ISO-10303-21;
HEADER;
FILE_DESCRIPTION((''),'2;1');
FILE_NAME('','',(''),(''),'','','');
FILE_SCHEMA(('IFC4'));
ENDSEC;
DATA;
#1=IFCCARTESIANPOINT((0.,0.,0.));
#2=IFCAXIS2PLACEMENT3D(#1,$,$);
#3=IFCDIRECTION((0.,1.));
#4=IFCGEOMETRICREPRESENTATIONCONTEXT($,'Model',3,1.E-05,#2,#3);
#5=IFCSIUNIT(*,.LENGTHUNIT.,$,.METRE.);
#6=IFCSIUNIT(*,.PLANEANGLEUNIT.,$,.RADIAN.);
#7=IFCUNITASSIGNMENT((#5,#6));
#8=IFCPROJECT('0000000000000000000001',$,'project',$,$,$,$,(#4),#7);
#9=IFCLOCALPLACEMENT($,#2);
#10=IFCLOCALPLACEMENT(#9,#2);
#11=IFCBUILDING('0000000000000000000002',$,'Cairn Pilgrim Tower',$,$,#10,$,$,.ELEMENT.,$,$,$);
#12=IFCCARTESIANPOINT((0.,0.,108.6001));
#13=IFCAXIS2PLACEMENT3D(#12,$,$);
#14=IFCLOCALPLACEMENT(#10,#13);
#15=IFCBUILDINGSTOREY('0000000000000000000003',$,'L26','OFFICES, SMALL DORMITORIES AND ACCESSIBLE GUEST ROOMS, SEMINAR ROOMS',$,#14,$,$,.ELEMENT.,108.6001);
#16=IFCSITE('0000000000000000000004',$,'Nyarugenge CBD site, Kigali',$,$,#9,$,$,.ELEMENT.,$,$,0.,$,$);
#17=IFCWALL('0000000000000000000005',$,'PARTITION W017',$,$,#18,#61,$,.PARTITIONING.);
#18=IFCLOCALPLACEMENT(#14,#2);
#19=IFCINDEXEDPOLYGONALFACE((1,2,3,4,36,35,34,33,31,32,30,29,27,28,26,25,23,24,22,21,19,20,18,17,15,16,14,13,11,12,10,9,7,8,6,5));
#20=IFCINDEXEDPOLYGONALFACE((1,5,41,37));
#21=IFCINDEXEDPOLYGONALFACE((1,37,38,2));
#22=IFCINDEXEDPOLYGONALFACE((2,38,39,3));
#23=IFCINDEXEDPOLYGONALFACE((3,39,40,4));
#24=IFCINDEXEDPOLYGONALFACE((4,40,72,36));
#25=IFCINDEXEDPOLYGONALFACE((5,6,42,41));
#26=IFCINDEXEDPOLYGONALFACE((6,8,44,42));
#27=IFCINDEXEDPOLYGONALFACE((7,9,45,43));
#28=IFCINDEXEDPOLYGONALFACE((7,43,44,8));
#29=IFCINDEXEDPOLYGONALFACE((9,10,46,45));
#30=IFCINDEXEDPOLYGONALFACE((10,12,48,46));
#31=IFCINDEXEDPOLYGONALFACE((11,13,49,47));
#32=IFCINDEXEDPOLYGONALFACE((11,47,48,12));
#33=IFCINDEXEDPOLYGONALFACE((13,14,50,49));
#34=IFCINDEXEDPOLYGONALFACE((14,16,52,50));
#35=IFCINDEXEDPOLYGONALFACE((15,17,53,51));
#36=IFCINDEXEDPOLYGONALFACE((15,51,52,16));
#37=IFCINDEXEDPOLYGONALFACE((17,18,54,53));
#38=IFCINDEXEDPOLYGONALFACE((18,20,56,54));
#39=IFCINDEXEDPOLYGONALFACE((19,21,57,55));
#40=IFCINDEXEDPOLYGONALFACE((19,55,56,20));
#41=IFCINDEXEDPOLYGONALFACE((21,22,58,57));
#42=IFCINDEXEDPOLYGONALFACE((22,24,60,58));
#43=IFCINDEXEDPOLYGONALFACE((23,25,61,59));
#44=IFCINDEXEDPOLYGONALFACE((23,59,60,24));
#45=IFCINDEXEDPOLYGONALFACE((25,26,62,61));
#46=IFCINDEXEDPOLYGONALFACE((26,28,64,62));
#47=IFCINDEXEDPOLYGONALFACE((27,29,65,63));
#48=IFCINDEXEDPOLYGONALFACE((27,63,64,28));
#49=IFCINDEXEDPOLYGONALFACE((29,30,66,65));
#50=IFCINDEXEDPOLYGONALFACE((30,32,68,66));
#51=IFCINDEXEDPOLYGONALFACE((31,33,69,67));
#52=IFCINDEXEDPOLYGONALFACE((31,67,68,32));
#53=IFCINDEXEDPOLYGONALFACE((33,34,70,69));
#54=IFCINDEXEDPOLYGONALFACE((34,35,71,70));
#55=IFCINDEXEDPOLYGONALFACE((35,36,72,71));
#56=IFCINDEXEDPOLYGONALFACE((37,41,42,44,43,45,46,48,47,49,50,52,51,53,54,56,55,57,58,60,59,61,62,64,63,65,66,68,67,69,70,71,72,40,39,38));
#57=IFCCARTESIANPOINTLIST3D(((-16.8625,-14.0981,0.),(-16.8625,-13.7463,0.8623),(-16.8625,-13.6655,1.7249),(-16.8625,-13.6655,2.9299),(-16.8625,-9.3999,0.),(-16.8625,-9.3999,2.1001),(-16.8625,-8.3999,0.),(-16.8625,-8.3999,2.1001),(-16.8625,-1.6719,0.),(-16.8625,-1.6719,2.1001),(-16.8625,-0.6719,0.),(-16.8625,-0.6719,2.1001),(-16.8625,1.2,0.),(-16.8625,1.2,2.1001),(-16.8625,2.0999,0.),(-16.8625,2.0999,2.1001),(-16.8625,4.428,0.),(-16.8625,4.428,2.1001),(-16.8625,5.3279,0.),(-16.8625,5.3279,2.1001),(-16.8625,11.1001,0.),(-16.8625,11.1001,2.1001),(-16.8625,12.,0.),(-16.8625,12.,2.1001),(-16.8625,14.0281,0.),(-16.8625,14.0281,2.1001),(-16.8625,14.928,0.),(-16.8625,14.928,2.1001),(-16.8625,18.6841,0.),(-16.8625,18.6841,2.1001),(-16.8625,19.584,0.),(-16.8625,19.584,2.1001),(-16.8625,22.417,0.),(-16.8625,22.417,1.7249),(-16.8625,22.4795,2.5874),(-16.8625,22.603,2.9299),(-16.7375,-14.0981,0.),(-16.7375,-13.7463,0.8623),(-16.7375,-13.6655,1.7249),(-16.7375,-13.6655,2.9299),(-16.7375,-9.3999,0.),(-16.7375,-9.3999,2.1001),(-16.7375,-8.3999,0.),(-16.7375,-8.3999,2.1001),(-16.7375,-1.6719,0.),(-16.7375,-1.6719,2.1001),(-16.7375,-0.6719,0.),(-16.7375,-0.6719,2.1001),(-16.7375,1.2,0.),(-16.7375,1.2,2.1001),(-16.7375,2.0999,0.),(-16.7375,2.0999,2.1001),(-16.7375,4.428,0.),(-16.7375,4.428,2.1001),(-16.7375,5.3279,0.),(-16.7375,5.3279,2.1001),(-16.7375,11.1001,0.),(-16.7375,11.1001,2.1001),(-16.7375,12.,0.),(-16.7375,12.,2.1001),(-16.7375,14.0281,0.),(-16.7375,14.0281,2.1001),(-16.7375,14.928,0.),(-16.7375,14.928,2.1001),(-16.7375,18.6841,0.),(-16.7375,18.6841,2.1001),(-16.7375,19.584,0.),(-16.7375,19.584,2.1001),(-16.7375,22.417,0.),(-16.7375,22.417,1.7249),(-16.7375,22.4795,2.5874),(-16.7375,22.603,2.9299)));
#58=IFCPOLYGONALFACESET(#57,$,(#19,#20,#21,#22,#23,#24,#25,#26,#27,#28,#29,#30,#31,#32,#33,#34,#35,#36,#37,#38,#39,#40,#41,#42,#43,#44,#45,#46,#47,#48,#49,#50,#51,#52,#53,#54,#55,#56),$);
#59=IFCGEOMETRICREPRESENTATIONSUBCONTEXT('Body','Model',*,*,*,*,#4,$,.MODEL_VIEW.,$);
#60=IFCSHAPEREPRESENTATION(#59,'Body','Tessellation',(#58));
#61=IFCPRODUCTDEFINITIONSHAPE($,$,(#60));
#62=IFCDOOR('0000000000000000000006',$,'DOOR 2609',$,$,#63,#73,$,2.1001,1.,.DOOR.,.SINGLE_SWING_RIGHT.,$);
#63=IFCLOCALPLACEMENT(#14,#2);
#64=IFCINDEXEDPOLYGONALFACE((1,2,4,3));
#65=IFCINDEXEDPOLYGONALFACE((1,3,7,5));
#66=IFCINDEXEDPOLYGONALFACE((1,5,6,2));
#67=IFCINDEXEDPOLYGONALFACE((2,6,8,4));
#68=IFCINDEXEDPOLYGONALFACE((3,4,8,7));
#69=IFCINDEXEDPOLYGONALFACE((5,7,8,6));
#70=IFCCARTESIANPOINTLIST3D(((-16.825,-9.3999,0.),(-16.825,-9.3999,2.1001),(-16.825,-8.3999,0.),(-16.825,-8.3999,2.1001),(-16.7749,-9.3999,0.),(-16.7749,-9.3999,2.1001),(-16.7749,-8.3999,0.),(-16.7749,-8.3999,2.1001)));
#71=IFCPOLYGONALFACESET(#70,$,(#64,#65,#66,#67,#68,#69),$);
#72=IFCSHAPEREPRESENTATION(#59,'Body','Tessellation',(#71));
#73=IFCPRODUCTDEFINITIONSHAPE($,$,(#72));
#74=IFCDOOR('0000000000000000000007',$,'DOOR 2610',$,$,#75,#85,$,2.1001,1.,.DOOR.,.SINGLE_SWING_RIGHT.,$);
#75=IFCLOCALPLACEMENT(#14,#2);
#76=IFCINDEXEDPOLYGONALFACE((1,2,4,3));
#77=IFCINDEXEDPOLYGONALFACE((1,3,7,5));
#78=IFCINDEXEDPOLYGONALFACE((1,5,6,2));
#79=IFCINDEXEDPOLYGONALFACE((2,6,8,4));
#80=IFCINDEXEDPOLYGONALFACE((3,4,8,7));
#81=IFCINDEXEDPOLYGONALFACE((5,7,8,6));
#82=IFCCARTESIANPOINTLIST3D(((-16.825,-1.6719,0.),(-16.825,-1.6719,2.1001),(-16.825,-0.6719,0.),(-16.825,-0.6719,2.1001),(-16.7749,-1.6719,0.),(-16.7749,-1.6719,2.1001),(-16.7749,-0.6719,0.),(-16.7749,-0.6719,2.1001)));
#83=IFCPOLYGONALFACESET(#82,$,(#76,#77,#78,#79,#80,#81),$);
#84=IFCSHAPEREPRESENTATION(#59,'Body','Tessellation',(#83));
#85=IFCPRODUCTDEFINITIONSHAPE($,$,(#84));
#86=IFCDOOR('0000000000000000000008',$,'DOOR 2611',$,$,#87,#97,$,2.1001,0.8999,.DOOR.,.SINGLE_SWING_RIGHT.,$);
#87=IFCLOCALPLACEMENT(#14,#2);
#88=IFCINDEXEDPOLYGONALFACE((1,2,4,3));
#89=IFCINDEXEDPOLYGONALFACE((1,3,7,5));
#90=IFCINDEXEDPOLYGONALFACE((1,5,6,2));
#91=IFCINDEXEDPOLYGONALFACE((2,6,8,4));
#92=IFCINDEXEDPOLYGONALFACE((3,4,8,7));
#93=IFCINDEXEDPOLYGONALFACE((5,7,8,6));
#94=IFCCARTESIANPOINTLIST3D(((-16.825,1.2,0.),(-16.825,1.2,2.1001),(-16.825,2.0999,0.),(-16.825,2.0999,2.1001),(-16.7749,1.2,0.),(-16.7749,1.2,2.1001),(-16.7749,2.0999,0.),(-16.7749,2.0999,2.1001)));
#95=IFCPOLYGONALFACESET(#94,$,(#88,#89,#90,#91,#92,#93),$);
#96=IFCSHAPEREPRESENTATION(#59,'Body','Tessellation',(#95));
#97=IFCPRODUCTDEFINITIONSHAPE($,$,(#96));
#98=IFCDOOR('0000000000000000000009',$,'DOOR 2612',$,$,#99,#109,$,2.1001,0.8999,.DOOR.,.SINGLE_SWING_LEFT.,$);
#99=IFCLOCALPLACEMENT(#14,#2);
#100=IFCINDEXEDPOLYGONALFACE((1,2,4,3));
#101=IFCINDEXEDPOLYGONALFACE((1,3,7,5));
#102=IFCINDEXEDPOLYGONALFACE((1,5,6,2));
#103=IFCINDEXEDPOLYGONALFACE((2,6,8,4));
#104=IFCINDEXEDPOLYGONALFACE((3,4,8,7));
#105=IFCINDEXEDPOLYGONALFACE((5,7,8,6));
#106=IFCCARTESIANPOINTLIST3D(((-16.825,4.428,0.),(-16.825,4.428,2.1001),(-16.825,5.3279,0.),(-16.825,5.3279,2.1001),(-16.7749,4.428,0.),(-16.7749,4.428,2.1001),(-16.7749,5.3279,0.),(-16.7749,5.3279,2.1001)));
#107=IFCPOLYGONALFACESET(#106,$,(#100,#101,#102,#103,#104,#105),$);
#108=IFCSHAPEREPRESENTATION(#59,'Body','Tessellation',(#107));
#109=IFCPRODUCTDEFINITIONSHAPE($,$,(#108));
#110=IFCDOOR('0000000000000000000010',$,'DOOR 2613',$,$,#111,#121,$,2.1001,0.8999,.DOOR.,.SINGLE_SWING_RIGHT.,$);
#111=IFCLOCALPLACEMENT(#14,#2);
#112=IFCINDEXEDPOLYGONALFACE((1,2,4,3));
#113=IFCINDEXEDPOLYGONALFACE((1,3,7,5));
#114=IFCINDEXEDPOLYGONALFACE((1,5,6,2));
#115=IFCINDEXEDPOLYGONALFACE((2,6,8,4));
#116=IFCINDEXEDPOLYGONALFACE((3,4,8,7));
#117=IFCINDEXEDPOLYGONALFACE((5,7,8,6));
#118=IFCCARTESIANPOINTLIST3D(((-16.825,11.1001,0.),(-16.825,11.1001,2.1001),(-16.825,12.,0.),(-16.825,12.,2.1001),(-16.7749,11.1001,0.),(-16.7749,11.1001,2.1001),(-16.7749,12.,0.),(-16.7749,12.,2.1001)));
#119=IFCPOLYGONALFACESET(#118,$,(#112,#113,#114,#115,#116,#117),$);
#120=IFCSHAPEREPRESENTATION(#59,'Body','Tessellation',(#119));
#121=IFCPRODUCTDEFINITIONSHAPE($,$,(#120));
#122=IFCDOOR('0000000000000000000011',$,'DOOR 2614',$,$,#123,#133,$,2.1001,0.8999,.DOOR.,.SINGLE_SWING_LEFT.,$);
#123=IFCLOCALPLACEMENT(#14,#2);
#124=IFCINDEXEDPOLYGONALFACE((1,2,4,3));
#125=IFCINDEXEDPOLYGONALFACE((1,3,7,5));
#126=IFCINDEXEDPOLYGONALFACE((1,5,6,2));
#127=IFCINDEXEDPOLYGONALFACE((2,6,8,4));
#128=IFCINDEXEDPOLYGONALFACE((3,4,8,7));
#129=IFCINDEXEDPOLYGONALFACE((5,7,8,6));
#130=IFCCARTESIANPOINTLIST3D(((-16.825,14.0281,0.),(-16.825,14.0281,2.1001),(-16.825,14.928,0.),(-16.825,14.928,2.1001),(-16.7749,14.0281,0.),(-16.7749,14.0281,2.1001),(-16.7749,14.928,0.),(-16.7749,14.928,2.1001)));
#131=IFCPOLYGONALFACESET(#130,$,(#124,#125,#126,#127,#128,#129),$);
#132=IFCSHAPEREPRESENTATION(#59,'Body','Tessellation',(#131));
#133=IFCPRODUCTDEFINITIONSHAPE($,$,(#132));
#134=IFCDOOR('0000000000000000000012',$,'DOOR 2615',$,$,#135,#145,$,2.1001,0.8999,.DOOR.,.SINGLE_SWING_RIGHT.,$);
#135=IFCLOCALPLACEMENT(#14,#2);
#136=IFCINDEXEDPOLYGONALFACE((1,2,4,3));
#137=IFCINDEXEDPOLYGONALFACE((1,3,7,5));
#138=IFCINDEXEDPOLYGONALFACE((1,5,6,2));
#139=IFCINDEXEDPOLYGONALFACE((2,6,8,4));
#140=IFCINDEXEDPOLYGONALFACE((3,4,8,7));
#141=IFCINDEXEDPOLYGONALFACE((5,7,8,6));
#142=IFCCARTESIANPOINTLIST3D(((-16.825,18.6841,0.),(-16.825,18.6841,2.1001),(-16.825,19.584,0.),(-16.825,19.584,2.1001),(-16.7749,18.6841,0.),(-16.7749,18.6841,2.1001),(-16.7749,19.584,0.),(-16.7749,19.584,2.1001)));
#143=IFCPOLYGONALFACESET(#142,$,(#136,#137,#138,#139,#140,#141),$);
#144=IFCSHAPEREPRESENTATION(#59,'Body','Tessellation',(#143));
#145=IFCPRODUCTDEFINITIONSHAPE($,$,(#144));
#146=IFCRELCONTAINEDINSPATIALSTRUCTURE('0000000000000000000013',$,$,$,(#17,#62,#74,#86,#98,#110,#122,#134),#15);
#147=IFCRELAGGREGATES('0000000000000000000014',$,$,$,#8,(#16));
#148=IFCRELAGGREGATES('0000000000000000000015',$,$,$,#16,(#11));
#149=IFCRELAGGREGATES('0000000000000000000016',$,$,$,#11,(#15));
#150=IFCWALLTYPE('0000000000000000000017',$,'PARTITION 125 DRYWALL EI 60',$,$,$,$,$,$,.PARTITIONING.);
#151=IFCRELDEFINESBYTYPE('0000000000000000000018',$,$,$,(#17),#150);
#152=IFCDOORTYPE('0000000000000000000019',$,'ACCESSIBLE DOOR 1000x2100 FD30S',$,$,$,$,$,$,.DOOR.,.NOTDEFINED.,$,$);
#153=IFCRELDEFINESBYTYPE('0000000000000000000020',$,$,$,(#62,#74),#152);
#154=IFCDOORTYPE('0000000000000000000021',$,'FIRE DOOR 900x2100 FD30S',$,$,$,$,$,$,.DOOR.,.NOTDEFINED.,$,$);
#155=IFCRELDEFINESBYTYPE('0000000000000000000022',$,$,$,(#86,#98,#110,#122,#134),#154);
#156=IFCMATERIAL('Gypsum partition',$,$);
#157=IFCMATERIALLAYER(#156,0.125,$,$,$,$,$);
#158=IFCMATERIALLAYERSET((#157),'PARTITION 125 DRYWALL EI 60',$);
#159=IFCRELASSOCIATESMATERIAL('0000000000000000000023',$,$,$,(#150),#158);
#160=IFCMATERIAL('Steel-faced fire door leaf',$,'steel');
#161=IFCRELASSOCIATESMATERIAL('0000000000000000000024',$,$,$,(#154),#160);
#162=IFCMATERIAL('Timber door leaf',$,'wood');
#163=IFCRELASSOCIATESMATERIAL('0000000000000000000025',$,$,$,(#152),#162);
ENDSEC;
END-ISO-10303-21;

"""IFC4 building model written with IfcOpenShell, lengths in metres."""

from ifc_helpers import new_model, si_unit, direction, frame, frame_2d, origin, place, context, subcontext, project, spatial, polyline, rectangle, outline, extrude, material, layer, layer_set, type_object, element, fill, save


model = new_model("IFC4")

# Units and contexts
model_context = context("Model", 3, precision=1e-05, world=origin(), true_north=direction((0.0, 1.0)))
body_context = subcontext(model_context, "Body", "Model", "MODEL_VIEW")
ifc_project = project(units=[si_unit("LENGTHUNIT", "METRE"), si_unit("PLANEANGLEUNIT", "RADIAN")], contexts=[model_context])

# Site, building, storey
site_placement = place(None, origin())
site = spatial("IfcSite", under=ifc_project, at=site_placement, Name="Nyarugenge CBD site, Kigali", CompositionType="ELEMENT", RefElevation=0.0)
building_placement = place(site_placement, origin())
building = spatial("IfcBuilding", under=site, at=building_placement, Name="Cairn Pilgrim Tower", CompositionType="ELEMENT")
storey_placement = place(building_placement, frame((0.0, 0.0, 108.6001)))
storey = spatial("IfcBuildingStorey", under=building, at=storey_placement, Name="L26", Description="OFFICES, SMALL DORMITORIES AND ACCESSIBLE GUEST ROOMS, SEMINAR ROOMS", CompositionType="ELEMENT", Elevation=108.6001)

# Wall, openings, doors
ifc_material_1 = material(Name="Gypsum partition")
ifc_layer = layer(ifc_material_1, 0.125)
ifc_layer_set = layer_set([ifc_layer], Name="PARTITION 125 DRYWALL EI 60")
wall_type = type_object("IfcWallType", Name="PARTITION 125 DRYWALL EI 60", PredefinedType="PARTITIONING", material=ifc_layer_set)
ifc_material_2 = material(Name="Steel-faced fire door leaf", Category="steel")
door_type_1 = type_object("IfcDoorType", Name="FIRE DOOR 900x2100 FD30S", OperationType="NOTDEFINED", PredefinedType="DOOR", material=ifc_material_2)
wall_1_placement = place(storey_placement, frame((-16.8, -14.0981, 0.0), z_axis=(0.0, 0.0, 1.0), x_axis=(0.0, 1.0, 0.0)))
wall_1 = element("IfcWall", 1, at=wall_1_placement, inside=storey, type_object=wall_type, Name="PARTITION W017", PredefinedType="PARTITIONING", context=body_context, shape_type="SweptSolid", body=[
    extrude(outline(polyline([(0.0, 0.0), (36.5151, 0.0), (36.5151, 0.8623), (36.5151, 1.7249), (36.5776, 2.5874), (36.7012, 2.9299), (0.4326, 2.9299), (0.4326, 2.5874), (0.4326, 1.7249), (0.3518, 0.8623), (0.0, 0.0)])), frame((0.0, 0.0625, 0.0), z_axis=(0.0, -1.0, 0.0), x_axis=(1.0, 0.0, 0.0)), (0.0, 0.0, 1.0), 0.125),
])
opening_1_placement = place(wall_1_placement, frame((4.6982, 0.0, 0.0)))
opening_1 = element("IfcOpeningElement", 2, at=opening_1_placement, cuts=wall_1, PredefinedType="OPENING", context=body_context, shape_type="SweptSolid", body=[
    extrude(rectangle(XDim=1.0, YDim=2.1001, at=frame_2d((0.5, 1.05))), frame((0.0, 0.0725, 0.0), z_axis=(0.0, -1.0, 0.0), x_axis=(1.0, 0.0, 0.0)), (0.0, 0.0, 1.0), 0.145),
])
opening_2_placement = place(wall_1_placement, frame((12.4263, 0.0, 0.0)))
opening_2 = element("IfcOpeningElement", 3, at=opening_2_placement, cuts=wall_1, PredefinedType="OPENING", context=body_context, shape_type="SweptSolid", body=[
    extrude(rectangle(XDim=1.0, YDim=2.1001, at=frame_2d((0.5, 1.05))), frame((0.0, 0.0725, 0.0), z_axis=(0.0, -1.0, 0.0), x_axis=(1.0, 0.0, 0.0)), (0.0, 0.0, 1.0), 0.145),
])
opening_3_placement = place(wall_1_placement, frame((15.2981, 0.0, 0.0)))
opening_3 = element("IfcOpeningElement", 4, at=opening_3_placement, cuts=wall_1, PredefinedType="OPENING", context=body_context, shape_type="SweptSolid", body=[
    extrude(rectangle(XDim=0.8999, YDim=2.1001, at=frame_2d((0.45, 1.05))), frame((0.0, 0.0725, 0.0), z_axis=(0.0, -1.0, 0.0), x_axis=(1.0, 0.0, 0.0)), (0.0, 0.0, 1.0), 0.145),
])
opening_4_placement = place(wall_1_placement, frame((18.5261, 0.0, 0.0)))
opening_4 = element("IfcOpeningElement", 5, at=opening_4_placement, cuts=wall_1, PredefinedType="OPENING", context=body_context, shape_type="SweptSolid", body=[
    extrude(rectangle(XDim=0.8999, YDim=2.1001, at=frame_2d((0.45, 1.05))), frame((0.0, 0.0725, 0.0), z_axis=(0.0, -1.0, 0.0), x_axis=(1.0, 0.0, 0.0)), (0.0, 0.0, 1.0), 0.145),
])
opening_5_placement = place(wall_1_placement, frame((25.1982, 0.0, 0.0)))
opening_5 = element("IfcOpeningElement", 6, at=opening_5_placement, cuts=wall_1, PredefinedType="OPENING", context=body_context, shape_type="SweptSolid", body=[
    extrude(rectangle(XDim=0.8999, YDim=2.1001, at=frame_2d((0.45, 1.05))), frame((0.0, 0.0725, 0.0), z_axis=(0.0, -1.0, 0.0), x_axis=(1.0, 0.0, 0.0)), (0.0, 0.0, 1.0), 0.145),
])
opening_6_placement = place(wall_1_placement, frame((28.1262, 0.0, 0.0)))
opening_6 = element("IfcOpeningElement", 7, at=opening_6_placement, cuts=wall_1, PredefinedType="OPENING", context=body_context, shape_type="SweptSolid", body=[
    extrude(rectangle(XDim=0.8999, YDim=2.1001, at=frame_2d((0.45, 1.05))), frame((0.0, 0.0725, 0.0), z_axis=(0.0, -1.0, 0.0), x_axis=(1.0, 0.0, 0.0)), (0.0, 0.0, 1.0), 0.145),
])
opening_7_placement = place(wall_1_placement, frame((32.7822, 0.0, 0.0)))
opening_7 = element("IfcOpeningElement", 8, at=opening_7_placement, cuts=wall_1, PredefinedType="OPENING", context=body_context, shape_type="SweptSolid", body=[
    extrude(rectangle(XDim=0.8999, YDim=2.1001, at=frame_2d((0.45, 1.05))), frame((0.0, 0.0725, 0.0), z_axis=(0.0, -1.0, 0.0), x_axis=(1.0, 0.0, 0.0)), (0.0, 0.0, 1.0), 0.145),
])
ifc_material_3 = material(Name="Timber door leaf", Category="wood")
door_type_2 = type_object("IfcDoorType", Name="ACCESSIBLE DOOR 1000x2100 FD30S", OperationType="NOTDEFINED", PredefinedType="DOOR", material=ifc_material_3)
door_1_placement = place(opening_1_placement, origin())
door_1 = element("IfcDoor", 9, at=door_1_placement, inside=storey, type_object=door_type_2, Name="DOOR 2609", OperationType="SINGLE_SWING_RIGHT", OverallHeight=2.1001, OverallWidth=1.0, PredefinedType="DOOR", context=body_context, shape_type="SweptSolid", body=[
    extrude(rectangle(XDim=1.0, YDim=2.1001, at=frame_2d((0.5, 1.05))), frame((0.0, 0.0249, 0.0), z_axis=(0.0, -1.0, 0.0), x_axis=(1.0, 0.0, 0.0)), (0.0, 0.0, 1.0), 0.05),
])
fill(opening_1, door_1)
door_2_placement = place(opening_2_placement, origin())
door_2 = element("IfcDoor", 10, at=door_2_placement, inside=storey, type_object=door_type_2, Name="DOOR 2610", OperationType="SINGLE_SWING_RIGHT", OverallHeight=2.1001, OverallWidth=1.0, PredefinedType="DOOR", context=body_context, shape_type="SweptSolid", body=[
    extrude(rectangle(XDim=1.0, YDim=2.1001, at=frame_2d((0.5, 1.05))), frame((0.0, 0.0249, 0.0), z_axis=(0.0, -1.0, 0.0), x_axis=(1.0, 0.0, 0.0)), (0.0, 0.0, 1.0), 0.05),
])
fill(opening_2, door_2)
door_3_placement = place(opening_3_placement, origin())
door_3 = element("IfcDoor", 11, at=door_3_placement, inside=storey, type_object=door_type_1, Name="DOOR 2611", OperationType="SINGLE_SWING_RIGHT", OverallHeight=2.1001, OverallWidth=0.8999, PredefinedType="DOOR", context=body_context, shape_type="SweptSolid", body=[
    extrude(rectangle(XDim=0.8999, YDim=2.1001, at=frame_2d((0.45, 1.05))), frame((0.0, 0.0249, 0.0), z_axis=(0.0, -1.0, 0.0), x_axis=(1.0, 0.0, 0.0)), (0.0, 0.0, 1.0), 0.05),
])
fill(opening_3, door_3)
door_4_placement = place(opening_4_placement, origin())
door_4 = element("IfcDoor", 12, at=door_4_placement, inside=storey, type_object=door_type_1, Name="DOOR 2612", OperationType="SINGLE_SWING_LEFT", OverallHeight=2.1001, OverallWidth=0.8999, PredefinedType="DOOR", context=body_context, shape_type="SweptSolid", body=[
    extrude(rectangle(XDim=0.8999, YDim=2.1001, at=frame_2d((0.45, 1.05))), frame((0.0, 0.0249, 0.0), z_axis=(0.0, -1.0, 0.0), x_axis=(1.0, 0.0, 0.0)), (0.0, 0.0, 1.0), 0.05),
])
fill(opening_4, door_4)
door_5_placement = place(opening_5_placement, origin())
door_5 = element("IfcDoor", 13, at=door_5_placement, inside=storey, type_object=door_type_1, Name="DOOR 2613", OperationType="SINGLE_SWING_RIGHT", OverallHeight=2.1001, OverallWidth=0.8999, PredefinedType="DOOR", context=body_context, shape_type="SweptSolid", body=[
    extrude(rectangle(XDim=0.8999, YDim=2.1001, at=frame_2d((0.45, 1.05))), frame((0.0, 0.0249, 0.0), z_axis=(0.0, -1.0, 0.0), x_axis=(1.0, 0.0, 0.0)), (0.0, 0.0, 1.0), 0.05),
])
fill(opening_5, door_5)
door_6_placement = place(opening_6_placement, origin())
door_6 = element("IfcDoor", 14, at=door_6_placement, inside=storey, type_object=door_type_1, Name="DOOR 2614", OperationType="SINGLE_SWING_LEFT", OverallHeight=2.1001, OverallWidth=0.8999, PredefinedType="DOOR", context=body_context, shape_type="SweptSolid", body=[
    extrude(rectangle(XDim=0.8999, YDim=2.1001, at=frame_2d((0.45, 1.05))), frame((0.0, 0.0249, 0.0), z_axis=(0.0, -1.0, 0.0), x_axis=(1.0, 0.0, 0.0)), (0.0, 0.0, 1.0), 0.05),
])
fill(opening_6, door_6)
door_7_placement = place(opening_7_placement, origin())
door_7 = element("IfcDoor", 15, at=door_7_placement, inside=storey, type_object=door_type_1, Name="DOOR 2615", OperationType="SINGLE_SWING_RIGHT", OverallHeight=2.1001, OverallWidth=0.8999, PredefinedType="DOOR", context=body_context, shape_type="SweptSolid", body=[
    extrude(rectangle(XDim=0.8999, YDim=2.1001, at=frame_2d((0.45, 1.05))), frame((0.0, 0.0249, 0.0), z_axis=(0.0, -1.0, 0.0), x_axis=(1.0, 0.0, 0.0)), (0.0, 0.0, 1.0), 0.05),
])
fill(opening_7, door_7)

save(model, "model.ifc")
